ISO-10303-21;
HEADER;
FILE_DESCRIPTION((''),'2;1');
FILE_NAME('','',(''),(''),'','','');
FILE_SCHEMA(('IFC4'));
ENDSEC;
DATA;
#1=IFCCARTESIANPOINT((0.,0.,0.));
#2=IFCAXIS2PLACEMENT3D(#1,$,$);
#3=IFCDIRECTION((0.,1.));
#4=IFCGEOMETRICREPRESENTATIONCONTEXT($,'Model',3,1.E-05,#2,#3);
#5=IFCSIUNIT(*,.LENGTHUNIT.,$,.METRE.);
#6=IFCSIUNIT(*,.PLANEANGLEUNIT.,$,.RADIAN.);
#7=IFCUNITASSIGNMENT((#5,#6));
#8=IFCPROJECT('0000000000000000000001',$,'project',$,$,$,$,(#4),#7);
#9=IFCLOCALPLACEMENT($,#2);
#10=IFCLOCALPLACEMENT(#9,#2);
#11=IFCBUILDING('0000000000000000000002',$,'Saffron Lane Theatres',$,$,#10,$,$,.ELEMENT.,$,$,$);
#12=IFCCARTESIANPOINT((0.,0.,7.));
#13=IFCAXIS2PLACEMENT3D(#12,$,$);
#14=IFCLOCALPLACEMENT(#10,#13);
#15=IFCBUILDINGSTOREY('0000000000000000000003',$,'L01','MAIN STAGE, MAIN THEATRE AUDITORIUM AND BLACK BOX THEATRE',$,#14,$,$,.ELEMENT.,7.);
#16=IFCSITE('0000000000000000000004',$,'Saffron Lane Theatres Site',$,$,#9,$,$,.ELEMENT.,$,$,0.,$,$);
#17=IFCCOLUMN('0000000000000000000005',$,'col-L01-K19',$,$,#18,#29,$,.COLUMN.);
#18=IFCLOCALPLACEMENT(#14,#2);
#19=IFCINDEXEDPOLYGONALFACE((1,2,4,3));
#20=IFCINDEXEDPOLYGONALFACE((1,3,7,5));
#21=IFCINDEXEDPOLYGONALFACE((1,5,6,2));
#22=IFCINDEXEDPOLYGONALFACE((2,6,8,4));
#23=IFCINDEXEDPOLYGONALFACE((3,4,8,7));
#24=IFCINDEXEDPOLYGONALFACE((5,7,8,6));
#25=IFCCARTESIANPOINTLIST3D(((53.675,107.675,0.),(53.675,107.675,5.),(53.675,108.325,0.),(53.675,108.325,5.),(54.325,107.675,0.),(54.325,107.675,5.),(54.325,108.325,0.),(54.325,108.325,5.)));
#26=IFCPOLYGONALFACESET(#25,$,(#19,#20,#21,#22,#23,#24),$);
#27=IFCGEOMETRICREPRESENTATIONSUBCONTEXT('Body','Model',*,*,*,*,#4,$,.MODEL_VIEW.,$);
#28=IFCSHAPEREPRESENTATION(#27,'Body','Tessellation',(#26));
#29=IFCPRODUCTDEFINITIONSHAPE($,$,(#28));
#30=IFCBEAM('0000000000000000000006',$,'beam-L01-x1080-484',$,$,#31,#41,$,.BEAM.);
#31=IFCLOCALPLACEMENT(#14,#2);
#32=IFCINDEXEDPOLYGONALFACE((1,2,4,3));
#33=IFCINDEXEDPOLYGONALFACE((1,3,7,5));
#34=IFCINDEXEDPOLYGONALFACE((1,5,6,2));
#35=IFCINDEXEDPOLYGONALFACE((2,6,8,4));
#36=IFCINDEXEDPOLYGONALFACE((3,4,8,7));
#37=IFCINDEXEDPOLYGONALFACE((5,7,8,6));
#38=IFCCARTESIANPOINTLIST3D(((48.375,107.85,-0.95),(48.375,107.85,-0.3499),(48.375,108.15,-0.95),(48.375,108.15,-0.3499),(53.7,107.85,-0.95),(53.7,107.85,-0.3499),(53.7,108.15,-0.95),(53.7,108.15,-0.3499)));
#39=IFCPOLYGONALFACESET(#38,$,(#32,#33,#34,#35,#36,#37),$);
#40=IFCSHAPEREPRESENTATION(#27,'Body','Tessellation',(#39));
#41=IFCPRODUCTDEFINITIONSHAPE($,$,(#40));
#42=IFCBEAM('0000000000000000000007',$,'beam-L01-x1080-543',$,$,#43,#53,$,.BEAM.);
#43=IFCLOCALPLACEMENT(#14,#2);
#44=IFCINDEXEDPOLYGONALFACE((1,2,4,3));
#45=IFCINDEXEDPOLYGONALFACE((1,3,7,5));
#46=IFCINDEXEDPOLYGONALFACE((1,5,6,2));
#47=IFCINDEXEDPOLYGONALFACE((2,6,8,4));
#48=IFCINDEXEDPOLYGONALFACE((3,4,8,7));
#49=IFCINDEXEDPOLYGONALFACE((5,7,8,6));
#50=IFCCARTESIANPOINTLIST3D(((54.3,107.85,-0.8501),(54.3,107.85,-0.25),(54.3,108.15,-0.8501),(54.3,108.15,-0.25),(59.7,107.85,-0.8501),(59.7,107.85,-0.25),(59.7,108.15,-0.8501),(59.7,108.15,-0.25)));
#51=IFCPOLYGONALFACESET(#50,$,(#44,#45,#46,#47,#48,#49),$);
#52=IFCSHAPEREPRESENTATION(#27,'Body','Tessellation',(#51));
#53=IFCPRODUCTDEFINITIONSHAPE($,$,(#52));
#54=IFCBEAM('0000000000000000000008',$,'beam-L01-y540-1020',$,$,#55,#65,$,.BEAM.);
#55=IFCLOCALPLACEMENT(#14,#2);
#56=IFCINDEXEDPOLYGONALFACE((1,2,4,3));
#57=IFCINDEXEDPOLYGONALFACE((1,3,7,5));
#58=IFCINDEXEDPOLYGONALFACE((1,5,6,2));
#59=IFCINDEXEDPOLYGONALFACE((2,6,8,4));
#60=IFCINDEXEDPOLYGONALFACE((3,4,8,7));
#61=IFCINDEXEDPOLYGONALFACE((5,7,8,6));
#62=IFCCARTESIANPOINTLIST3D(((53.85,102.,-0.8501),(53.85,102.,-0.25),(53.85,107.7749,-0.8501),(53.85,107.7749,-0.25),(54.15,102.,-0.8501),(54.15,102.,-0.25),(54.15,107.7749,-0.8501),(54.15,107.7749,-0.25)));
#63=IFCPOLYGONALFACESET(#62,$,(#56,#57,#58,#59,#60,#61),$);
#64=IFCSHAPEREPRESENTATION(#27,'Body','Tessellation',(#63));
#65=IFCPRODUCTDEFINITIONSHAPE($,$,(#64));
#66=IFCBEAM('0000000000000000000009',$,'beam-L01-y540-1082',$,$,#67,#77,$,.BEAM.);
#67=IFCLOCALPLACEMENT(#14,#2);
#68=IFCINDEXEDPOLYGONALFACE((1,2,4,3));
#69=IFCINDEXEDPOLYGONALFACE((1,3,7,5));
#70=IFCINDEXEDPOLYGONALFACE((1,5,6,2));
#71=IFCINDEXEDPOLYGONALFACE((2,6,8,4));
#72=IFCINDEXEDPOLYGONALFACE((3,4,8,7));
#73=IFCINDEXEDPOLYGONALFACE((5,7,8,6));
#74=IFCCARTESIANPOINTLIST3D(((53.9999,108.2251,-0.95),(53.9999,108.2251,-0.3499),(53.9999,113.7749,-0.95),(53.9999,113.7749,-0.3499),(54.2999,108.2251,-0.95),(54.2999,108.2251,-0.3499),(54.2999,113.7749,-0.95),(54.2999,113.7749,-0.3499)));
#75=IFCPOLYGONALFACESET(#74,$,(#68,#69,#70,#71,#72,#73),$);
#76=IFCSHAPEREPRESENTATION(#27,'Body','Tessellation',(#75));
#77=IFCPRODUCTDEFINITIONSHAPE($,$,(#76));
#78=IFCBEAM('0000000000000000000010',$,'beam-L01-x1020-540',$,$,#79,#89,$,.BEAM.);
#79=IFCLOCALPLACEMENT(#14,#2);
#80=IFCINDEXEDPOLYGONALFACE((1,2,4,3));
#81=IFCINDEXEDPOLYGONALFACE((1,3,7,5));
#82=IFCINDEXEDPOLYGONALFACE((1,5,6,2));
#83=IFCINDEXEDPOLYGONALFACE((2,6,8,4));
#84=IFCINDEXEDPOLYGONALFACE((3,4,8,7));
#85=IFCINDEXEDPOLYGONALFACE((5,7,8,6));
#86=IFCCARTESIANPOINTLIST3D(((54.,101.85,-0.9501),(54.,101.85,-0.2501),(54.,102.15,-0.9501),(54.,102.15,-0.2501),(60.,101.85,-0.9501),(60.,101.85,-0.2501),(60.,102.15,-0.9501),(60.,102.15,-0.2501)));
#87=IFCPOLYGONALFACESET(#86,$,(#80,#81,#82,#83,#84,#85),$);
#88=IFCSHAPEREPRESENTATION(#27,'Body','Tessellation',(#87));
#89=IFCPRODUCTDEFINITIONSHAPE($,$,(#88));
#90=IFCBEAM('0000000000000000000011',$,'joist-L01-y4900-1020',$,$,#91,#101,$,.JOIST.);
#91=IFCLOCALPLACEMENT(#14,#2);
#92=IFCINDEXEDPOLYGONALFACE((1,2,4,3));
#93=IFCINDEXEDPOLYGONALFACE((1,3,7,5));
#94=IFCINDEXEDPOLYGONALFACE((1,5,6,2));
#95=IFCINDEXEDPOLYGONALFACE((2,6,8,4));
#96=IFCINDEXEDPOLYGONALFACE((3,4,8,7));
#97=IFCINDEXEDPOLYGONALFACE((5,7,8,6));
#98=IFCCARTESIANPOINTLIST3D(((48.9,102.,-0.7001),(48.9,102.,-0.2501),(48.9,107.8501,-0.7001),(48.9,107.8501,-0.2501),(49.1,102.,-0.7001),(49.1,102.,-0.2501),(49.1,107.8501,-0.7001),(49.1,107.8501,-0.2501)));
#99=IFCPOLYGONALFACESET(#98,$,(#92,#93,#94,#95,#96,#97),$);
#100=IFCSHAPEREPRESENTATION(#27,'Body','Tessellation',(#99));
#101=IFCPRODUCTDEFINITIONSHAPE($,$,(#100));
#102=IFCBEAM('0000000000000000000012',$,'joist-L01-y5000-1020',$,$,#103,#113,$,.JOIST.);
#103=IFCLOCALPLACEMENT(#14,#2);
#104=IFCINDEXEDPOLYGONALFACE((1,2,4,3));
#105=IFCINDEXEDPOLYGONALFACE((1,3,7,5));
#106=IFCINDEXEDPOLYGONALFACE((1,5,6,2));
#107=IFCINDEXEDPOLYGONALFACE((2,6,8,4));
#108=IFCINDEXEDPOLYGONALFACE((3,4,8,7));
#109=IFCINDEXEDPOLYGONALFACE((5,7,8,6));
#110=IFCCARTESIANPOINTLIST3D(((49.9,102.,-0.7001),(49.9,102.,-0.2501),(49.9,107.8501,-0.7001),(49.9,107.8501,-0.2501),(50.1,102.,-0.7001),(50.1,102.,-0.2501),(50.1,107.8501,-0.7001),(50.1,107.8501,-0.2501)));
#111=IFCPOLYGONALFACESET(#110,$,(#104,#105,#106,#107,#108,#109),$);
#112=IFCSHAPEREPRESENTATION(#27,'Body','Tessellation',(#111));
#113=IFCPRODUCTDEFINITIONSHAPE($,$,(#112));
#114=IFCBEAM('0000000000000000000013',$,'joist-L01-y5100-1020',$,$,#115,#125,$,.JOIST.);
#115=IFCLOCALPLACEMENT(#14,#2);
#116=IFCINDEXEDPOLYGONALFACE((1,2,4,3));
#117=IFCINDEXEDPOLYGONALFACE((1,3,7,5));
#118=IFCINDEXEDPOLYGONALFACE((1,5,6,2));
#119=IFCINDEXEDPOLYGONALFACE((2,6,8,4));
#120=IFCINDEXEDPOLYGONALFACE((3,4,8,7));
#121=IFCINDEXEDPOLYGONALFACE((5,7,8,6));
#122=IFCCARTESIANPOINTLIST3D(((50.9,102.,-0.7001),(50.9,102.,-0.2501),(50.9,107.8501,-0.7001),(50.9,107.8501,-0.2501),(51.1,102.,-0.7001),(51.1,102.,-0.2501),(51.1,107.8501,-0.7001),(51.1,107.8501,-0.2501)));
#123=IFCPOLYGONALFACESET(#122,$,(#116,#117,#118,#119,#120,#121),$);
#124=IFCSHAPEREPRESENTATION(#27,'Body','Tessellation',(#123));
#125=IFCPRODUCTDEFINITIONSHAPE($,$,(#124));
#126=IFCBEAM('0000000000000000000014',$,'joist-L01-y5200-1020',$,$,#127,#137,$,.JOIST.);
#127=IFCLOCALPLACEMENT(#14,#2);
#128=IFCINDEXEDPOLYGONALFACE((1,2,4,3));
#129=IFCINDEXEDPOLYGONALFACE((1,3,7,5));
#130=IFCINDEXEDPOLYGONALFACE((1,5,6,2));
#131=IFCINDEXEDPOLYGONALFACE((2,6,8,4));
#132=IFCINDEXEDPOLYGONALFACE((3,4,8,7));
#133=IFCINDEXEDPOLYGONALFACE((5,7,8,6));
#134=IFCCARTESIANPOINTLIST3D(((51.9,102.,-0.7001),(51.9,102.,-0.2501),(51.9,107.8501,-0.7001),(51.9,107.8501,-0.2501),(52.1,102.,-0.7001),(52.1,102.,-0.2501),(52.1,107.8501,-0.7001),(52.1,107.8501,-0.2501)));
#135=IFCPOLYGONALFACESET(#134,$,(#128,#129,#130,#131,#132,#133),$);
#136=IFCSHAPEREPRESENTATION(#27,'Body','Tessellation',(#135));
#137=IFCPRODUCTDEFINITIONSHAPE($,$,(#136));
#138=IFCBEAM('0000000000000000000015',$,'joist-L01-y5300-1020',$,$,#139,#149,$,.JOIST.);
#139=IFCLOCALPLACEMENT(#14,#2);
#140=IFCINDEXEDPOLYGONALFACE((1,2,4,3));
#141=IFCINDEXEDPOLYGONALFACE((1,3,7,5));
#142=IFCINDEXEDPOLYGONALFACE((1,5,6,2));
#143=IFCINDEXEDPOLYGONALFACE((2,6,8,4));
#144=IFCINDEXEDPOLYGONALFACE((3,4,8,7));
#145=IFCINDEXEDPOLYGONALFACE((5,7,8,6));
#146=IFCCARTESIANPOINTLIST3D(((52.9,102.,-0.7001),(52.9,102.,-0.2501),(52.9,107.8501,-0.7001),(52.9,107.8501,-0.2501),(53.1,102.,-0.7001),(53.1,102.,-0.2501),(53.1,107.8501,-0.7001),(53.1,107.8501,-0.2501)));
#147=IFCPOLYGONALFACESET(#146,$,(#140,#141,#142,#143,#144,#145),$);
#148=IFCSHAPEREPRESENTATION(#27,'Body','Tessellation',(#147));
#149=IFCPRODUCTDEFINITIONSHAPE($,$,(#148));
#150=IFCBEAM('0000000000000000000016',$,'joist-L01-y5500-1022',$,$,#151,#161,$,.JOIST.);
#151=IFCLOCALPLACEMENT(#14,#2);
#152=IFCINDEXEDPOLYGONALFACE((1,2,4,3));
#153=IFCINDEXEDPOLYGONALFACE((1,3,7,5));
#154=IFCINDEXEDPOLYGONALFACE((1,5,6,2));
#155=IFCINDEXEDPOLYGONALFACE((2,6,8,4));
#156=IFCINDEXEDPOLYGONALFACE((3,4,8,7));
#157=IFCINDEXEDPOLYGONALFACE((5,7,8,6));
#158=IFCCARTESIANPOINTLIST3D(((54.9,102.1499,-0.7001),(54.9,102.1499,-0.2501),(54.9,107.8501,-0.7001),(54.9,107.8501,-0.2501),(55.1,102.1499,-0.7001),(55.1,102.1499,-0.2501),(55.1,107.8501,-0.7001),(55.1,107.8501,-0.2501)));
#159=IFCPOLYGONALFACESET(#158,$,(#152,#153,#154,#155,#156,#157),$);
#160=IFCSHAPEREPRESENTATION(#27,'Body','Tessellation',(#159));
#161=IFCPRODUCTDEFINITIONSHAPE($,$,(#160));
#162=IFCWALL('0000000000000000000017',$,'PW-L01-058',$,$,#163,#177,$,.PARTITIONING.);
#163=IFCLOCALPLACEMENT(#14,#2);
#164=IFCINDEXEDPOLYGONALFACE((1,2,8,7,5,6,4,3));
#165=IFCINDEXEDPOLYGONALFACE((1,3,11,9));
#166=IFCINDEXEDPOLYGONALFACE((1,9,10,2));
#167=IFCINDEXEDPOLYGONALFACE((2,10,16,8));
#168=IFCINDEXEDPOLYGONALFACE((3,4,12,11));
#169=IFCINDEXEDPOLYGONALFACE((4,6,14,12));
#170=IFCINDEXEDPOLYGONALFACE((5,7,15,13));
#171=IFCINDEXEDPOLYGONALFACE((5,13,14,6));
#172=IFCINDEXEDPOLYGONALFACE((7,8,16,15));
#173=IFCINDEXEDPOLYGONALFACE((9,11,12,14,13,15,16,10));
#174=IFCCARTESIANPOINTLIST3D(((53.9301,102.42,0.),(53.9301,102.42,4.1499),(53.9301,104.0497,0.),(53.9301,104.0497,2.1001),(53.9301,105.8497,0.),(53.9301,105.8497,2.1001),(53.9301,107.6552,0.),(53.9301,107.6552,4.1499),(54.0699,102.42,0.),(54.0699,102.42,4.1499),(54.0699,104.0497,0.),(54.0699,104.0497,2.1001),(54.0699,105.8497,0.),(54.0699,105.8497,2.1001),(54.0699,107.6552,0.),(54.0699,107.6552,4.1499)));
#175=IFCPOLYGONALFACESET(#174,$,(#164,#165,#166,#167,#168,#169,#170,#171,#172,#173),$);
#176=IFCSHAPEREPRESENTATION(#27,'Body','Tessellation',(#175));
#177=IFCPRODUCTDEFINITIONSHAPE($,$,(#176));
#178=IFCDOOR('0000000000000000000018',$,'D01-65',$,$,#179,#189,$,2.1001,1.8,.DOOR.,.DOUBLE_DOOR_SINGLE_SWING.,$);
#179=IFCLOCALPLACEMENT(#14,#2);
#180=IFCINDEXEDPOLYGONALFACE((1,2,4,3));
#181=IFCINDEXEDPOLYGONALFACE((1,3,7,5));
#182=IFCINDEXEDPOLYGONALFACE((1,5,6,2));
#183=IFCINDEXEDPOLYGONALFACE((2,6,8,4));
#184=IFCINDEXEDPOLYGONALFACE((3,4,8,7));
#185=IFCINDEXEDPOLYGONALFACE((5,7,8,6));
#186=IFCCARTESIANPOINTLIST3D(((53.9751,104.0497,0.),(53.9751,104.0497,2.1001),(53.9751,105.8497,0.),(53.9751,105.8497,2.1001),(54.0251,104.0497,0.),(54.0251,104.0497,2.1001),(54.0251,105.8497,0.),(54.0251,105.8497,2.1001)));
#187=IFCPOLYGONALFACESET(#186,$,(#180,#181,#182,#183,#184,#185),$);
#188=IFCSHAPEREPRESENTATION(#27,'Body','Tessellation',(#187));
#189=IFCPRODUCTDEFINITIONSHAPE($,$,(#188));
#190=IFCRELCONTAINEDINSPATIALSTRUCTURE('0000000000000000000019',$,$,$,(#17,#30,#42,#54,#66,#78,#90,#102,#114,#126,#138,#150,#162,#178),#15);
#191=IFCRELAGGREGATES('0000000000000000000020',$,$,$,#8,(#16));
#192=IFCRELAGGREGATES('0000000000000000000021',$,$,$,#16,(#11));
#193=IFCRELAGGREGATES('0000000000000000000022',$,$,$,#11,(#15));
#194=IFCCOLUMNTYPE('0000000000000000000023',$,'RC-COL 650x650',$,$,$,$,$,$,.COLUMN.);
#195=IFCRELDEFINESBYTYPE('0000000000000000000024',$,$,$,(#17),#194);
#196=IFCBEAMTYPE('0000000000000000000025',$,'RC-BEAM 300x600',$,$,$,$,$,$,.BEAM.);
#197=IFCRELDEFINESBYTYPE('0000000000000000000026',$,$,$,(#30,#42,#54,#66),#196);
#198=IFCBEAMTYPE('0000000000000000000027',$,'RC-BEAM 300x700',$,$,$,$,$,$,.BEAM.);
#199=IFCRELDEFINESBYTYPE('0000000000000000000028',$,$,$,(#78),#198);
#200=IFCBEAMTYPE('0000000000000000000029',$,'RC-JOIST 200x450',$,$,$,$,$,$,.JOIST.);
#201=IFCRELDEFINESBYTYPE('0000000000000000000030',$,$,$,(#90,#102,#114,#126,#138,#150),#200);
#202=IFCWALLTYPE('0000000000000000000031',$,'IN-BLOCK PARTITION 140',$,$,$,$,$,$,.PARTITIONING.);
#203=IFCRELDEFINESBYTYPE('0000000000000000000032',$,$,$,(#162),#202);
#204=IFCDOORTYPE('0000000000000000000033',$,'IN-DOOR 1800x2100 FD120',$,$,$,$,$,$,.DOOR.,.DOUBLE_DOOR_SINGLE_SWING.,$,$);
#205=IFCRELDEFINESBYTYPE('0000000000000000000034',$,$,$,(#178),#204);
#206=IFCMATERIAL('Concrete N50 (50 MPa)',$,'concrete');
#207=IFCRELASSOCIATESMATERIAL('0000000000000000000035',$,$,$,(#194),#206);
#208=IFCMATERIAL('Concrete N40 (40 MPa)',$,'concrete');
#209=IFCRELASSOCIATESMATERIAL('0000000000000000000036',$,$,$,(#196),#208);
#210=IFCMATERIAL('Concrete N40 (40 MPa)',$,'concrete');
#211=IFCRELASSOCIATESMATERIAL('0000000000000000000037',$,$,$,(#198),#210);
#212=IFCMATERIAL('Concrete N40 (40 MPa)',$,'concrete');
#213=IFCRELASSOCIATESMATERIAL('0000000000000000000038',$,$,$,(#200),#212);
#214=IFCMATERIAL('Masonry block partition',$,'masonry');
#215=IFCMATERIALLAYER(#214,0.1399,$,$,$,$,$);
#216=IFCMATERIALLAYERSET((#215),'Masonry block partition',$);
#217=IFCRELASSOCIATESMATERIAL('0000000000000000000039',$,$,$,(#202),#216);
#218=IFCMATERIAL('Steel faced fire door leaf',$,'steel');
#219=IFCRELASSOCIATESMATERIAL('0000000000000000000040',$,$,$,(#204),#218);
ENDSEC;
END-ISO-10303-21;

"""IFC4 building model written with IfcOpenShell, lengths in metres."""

from ifc_helpers import new_model, si_unit, direction, frame, frame_2d, origin, origin_2d, place, context, subcontext, project, spatial, rectangle, extrude, material, layer, layer_set, material_profile, profile_set, type_object, element, fill, save


model = new_model("IFC4")

# Units and contexts
model_context = context("Model", 3, precision=1e-05, world=origin(), true_north=direction((0.0, 1.0)))
body_context = subcontext(model_context, "Body", "Model", "MODEL_VIEW")
ifc_project = project(units=[si_unit("LENGTHUNIT", "METRE"), si_unit("PLANEANGLEUNIT", "RADIAN")], contexts=[model_context])

# Site, building, storey
site_placement = place(None, origin())
site = spatial("IfcSite", under=ifc_project, at=site_placement, Name="Saffron Lane Theatres Site", CompositionType="ELEMENT", RefElevation=0.0)
building_placement = place(site_placement, origin())
building = spatial("IfcBuilding", under=site, at=building_placement, Name="Saffron Lane Theatres", CompositionType="ELEMENT")
storey_placement = place(building_placement, frame((0.0, 0.0, 7.0)))
storey = spatial("IfcBuildingStorey", under=building, at=storey_placement, Name="L01", Description="MAIN STAGE, MAIN THEATRE AUDITORIUM AND BLACK BOX THEATRE", CompositionType="ELEMENT", Elevation=7.0)

# Column
ifc_material_1 = material(Name="Concrete N50 (50 MPa)", Category="concrete")
ifc_material_profile_1 = material_profile(ifc_material_1, rectangle(XDim=0.6499, YDim=0.6499, at=origin_2d()))
ifc_profile_set_1 = profile_set([ifc_material_profile_1], Name="Concrete N50 (50 MPa)")
column_type = type_object("IfcColumnType", Name="RC-COL 650x650", PredefinedType="COLUMN", material=ifc_profile_set_1)
column_placement = place(storey_placement, frame((54.0, 108.0, 0.0), z_axis=(0.0, 0.0, 1.0), x_axis=(1.0, 0.0, 0.0)))
element("IfcColumn", 1, at=column_placement, inside=storey, type_object=column_type, Name="col-L01-K19", PredefinedType="COLUMN", context=body_context, shape_type="SweptSolid", body=[
    extrude(rectangle(XDim=0.6499, YDim=0.6499, at=origin_2d()), origin(), (0.0, 0.0, 1.0), 5.0),
])

# Beams
ifc_material_2 = material(Name="Concrete N40 (40 MPa)", Category="concrete")
ifc_material_profile_2 = material_profile(ifc_material_2, rectangle(XDim=0.3, YDim=0.6001, at=origin_2d()))
ifc_profile_set_2 = profile_set([ifc_material_profile_2], Name="Concrete N40 (40 MPa)")
beam_type_1 = type_object("IfcBeamType", Name="RC-BEAM 300x600", PredefinedType="BEAM", material=ifc_profile_set_2)
beam_1_placement = place(storey_placement, frame((48.375, 108.0, -0.6499), z_axis=(1.0, 0.0, 0.0), x_axis=(0.0, 1.0, 0.0)))
element("IfcBeam", 2, at=beam_1_placement, inside=storey, type_object=beam_type_1, Name="beam-L01-x1080-484", PredefinedType="BEAM", context=body_context, shape_type="SweptSolid", body=[
    extrude(rectangle(XDim=0.3, YDim=0.6001, at=origin_2d()), origin(), (0.0, 0.0, 1.0), 5.325),
])
beam_2_placement = place(storey_placement, frame((54.3, 108.0, -0.55), z_axis=(1.0, 0.0, 0.0), x_axis=(0.0, 1.0, 0.0)))
element("IfcBeam", 3, at=beam_2_placement, inside=storey, type_object=beam_type_1, Name="beam-L01-x1080-543", PredefinedType="BEAM", context=body_context, shape_type="SweptSolid", body=[
    extrude(rectangle(XDim=0.3, YDim=0.6001, at=origin_2d()), origin(), (0.0, 0.0, 1.0), 5.3999),
])
beam_3_placement = place(storey_placement, frame((54.0, 102.0, -0.55), z_axis=(0.0, 1.0, 0.0), x_axis=(-1.0, 0.0, 0.0)))
element("IfcBeam", 4, at=beam_3_placement, inside=storey, type_object=beam_type_1, Name="beam-L01-y540-1020", PredefinedType="BEAM", context=body_context, shape_type="SweptSolid", body=[
    extrude(rectangle(XDim=0.3, YDim=0.6001, at=origin_2d()), origin(), (0.0, 0.0, 1.0), 5.7749),
])
beam_4_placement = place(storey_placement, frame((54.1499, 108.2251, -0.6499), z_axis=(0.0, 1.0, 0.0), x_axis=(-1.0, 0.0, 0.0)))
element("IfcBeam", 5, at=beam_4_placement, inside=storey, type_object=beam_type_1, Name="beam-L01-y540-1082", PredefinedType="BEAM", context=body_context, shape_type="SweptSolid", body=[
    extrude(rectangle(XDim=0.3, YDim=0.6001, at=origin_2d()), origin(), (0.0, 0.0, 1.0), 5.5498),
])
ifc_material_3 = material(Name="Concrete N40 (40 MPa)", Category="concrete")
ifc_material_profile_3 = material_profile(ifc_material_3, rectangle(XDim=0.3, YDim=0.7, at=origin_2d()))
ifc_profile_set_3 = profile_set([ifc_material_profile_3], Name="Concrete N40 (40 MPa)")
beam_type_2 = type_object("IfcBeamType", Name="RC-BEAM 300x700", PredefinedType="BEAM", material=ifc_profile_set_3)
beam_5_placement = place(storey_placement, frame((54.0, 102.0, -0.6001), z_axis=(1.0, 0.0, 0.0), x_axis=(0.0, 1.0, 0.0)))
element("IfcBeam", 6, at=beam_5_placement, inside=storey, type_object=beam_type_2, Name="beam-L01-x1020-540", PredefinedType="BEAM", context=body_context, shape_type="SweptSolid", body=[
    extrude(rectangle(XDim=0.3, YDim=0.7, at=origin_2d()), origin(), (0.0, 0.0, 1.0), 6.0),
])
ifc_material_4 = material(Name="Concrete N40 (40 MPa)", Category="concrete")
ifc_material_profile_4 = material_profile(ifc_material_4, rectangle(XDim=0.2, YDim=0.45, at=origin_2d()))
ifc_profile_set_4 = profile_set([ifc_material_profile_4], Name="Concrete N40 (40 MPa)")
beam_type_3 = type_object("IfcBeamType", Name="RC-JOIST 200x450", PredefinedType="JOIST", material=ifc_profile_set_4)
for number, where, z_axis, x_axis, name in (
    (7, (49.0, 102.0, -0.4751), (0.0, 1.0, 0.0), (-1.0, 0.0, 0.0), "joist-L01-y4900-1020"),
    (8, (50.0, 102.0, -0.4751), (0.0, 1.0, 0.0), (-1.0, 0.0, 0.0), "joist-L01-y5000-1020"),
    (9, (51.0, 102.0, -0.4751), (0.0, 1.0, 0.0), (-1.0, 0.0, 0.0), "joist-L01-y5100-1020"),
    (10, (52.0, 102.0, -0.4751), (0.0, 1.0, 0.0), (-1.0, 0.0, 0.0), "joist-L01-y5200-1020"),
    (11, (53.0, 102.0, -0.4751), (0.0, 1.0, 0.0), (-1.0, 0.0, 0.0), "joist-L01-y5300-1020"),
):
    element("IfcBeam", number, at=place(storey_placement, frame(where, z_axis=z_axis, x_axis=x_axis)), inside=storey, type_object=beam_type_3, Name=name, PredefinedType="JOIST", context=body_context, shape_type="SweptSolid", body=[
        extrude(rectangle(XDim=0.2, YDim=0.45, at=origin_2d()), origin(), (0.0, 0.0, 1.0), 5.8501),
    ])
beam_6_placement = place(storey_placement, frame((55.0, 102.1499, -0.4751), z_axis=(0.0, 1.0, 0.0), x_axis=(-1.0, 0.0, 0.0)))
element("IfcBeam", 12, at=beam_6_placement, inside=storey, type_object=beam_type_3, Name="joist-L01-y5500-1022", PredefinedType="JOIST", context=body_context, shape_type="SweptSolid", body=[
    extrude(rectangle(XDim=0.2, YDim=0.45, at=origin_2d()), origin(), (0.0, 0.0, 1.0), 5.7002),
])

# Wall, opening, door
ifc_material_5 = material(Name="Masonry block partition", Category="masonry")
ifc_layer_1 = layer(ifc_material_5, 0.1399)
ifc_layer_set_1 = layer_set([ifc_layer_1], Name="Masonry block partition")
wall_type = type_object("IfcWallType", Name="IN-BLOCK PARTITION 140", PredefinedType="PARTITIONING", material=ifc_layer_set_1)
wall_1_placement = place(storey_placement, frame((54.0, 102.4199, 0.0), z_axis=(0.0, 0.0, 1.0), x_axis=(0.0, 1.0, 0.0)))
wall_1 = element("IfcWall", 13, at=wall_1_placement, inside=storey, type_object=wall_type, Name="PW-L01-058", PredefinedType="PARTITIONING", context=body_context, shape_type="SweptSolid", body=[
    extrude(rectangle(XDim=5.2351, YDim=0.1399, at=frame_2d((2.6177, 0.0))), origin(), (0.0, 0.0, 1.0), 4.1499),
])
opening_placement = place(wall_1_placement, frame((1.6299, 0.0, 0.0)))
opening = element("IfcOpeningElement", 14, at=opening_placement, cuts=wall_1, PredefinedType="OPENING", context=body_context, shape_type="SweptSolid", body=[
    extrude(rectangle(XDim=1.8, YDim=2.1001, at=frame_2d((0.8999, 1.05))), frame((0.0, 0.0801, 0.0), z_axis=(0.0, -1.0, 0.0), x_axis=(1.0, 0.0, 0.0)), (0.0, 0.0, 1.0), 0.1599),
])
ifc_material_6 = material(Name="Steel faced fire door leaf", Category="steel")
door_type = type_object("IfcDoorType", Name="IN-DOOR 1800x2100 FD120", OperationType="DOUBLE_DOOR_SINGLE_SWING", PredefinedType="DOOR", material=ifc_material_6)
door_placement = place(opening_placement, origin())
door = element("IfcDoor", 15, at=door_placement, inside=storey, type_object=door_type, Name="D01-65", OperationType="DOUBLE_DOOR_SINGLE_SWING", OverallHeight=2.1001, OverallWidth=1.8, PredefinedType="DOOR", context=body_context, shape_type="SweptSolid", body=[
    extrude(rectangle(XDim=1.8, YDim=2.1001, at=frame_2d((0.8999, 1.05))), frame((0.0, 0.0249, 0.0), z_axis=(0.0, -1.0, 0.0), x_axis=(1.0, 0.0, 0.0)), (0.0, 0.0, 1.0), 0.05),
])
fill(opening, door)

save(model, "model.ifc")
